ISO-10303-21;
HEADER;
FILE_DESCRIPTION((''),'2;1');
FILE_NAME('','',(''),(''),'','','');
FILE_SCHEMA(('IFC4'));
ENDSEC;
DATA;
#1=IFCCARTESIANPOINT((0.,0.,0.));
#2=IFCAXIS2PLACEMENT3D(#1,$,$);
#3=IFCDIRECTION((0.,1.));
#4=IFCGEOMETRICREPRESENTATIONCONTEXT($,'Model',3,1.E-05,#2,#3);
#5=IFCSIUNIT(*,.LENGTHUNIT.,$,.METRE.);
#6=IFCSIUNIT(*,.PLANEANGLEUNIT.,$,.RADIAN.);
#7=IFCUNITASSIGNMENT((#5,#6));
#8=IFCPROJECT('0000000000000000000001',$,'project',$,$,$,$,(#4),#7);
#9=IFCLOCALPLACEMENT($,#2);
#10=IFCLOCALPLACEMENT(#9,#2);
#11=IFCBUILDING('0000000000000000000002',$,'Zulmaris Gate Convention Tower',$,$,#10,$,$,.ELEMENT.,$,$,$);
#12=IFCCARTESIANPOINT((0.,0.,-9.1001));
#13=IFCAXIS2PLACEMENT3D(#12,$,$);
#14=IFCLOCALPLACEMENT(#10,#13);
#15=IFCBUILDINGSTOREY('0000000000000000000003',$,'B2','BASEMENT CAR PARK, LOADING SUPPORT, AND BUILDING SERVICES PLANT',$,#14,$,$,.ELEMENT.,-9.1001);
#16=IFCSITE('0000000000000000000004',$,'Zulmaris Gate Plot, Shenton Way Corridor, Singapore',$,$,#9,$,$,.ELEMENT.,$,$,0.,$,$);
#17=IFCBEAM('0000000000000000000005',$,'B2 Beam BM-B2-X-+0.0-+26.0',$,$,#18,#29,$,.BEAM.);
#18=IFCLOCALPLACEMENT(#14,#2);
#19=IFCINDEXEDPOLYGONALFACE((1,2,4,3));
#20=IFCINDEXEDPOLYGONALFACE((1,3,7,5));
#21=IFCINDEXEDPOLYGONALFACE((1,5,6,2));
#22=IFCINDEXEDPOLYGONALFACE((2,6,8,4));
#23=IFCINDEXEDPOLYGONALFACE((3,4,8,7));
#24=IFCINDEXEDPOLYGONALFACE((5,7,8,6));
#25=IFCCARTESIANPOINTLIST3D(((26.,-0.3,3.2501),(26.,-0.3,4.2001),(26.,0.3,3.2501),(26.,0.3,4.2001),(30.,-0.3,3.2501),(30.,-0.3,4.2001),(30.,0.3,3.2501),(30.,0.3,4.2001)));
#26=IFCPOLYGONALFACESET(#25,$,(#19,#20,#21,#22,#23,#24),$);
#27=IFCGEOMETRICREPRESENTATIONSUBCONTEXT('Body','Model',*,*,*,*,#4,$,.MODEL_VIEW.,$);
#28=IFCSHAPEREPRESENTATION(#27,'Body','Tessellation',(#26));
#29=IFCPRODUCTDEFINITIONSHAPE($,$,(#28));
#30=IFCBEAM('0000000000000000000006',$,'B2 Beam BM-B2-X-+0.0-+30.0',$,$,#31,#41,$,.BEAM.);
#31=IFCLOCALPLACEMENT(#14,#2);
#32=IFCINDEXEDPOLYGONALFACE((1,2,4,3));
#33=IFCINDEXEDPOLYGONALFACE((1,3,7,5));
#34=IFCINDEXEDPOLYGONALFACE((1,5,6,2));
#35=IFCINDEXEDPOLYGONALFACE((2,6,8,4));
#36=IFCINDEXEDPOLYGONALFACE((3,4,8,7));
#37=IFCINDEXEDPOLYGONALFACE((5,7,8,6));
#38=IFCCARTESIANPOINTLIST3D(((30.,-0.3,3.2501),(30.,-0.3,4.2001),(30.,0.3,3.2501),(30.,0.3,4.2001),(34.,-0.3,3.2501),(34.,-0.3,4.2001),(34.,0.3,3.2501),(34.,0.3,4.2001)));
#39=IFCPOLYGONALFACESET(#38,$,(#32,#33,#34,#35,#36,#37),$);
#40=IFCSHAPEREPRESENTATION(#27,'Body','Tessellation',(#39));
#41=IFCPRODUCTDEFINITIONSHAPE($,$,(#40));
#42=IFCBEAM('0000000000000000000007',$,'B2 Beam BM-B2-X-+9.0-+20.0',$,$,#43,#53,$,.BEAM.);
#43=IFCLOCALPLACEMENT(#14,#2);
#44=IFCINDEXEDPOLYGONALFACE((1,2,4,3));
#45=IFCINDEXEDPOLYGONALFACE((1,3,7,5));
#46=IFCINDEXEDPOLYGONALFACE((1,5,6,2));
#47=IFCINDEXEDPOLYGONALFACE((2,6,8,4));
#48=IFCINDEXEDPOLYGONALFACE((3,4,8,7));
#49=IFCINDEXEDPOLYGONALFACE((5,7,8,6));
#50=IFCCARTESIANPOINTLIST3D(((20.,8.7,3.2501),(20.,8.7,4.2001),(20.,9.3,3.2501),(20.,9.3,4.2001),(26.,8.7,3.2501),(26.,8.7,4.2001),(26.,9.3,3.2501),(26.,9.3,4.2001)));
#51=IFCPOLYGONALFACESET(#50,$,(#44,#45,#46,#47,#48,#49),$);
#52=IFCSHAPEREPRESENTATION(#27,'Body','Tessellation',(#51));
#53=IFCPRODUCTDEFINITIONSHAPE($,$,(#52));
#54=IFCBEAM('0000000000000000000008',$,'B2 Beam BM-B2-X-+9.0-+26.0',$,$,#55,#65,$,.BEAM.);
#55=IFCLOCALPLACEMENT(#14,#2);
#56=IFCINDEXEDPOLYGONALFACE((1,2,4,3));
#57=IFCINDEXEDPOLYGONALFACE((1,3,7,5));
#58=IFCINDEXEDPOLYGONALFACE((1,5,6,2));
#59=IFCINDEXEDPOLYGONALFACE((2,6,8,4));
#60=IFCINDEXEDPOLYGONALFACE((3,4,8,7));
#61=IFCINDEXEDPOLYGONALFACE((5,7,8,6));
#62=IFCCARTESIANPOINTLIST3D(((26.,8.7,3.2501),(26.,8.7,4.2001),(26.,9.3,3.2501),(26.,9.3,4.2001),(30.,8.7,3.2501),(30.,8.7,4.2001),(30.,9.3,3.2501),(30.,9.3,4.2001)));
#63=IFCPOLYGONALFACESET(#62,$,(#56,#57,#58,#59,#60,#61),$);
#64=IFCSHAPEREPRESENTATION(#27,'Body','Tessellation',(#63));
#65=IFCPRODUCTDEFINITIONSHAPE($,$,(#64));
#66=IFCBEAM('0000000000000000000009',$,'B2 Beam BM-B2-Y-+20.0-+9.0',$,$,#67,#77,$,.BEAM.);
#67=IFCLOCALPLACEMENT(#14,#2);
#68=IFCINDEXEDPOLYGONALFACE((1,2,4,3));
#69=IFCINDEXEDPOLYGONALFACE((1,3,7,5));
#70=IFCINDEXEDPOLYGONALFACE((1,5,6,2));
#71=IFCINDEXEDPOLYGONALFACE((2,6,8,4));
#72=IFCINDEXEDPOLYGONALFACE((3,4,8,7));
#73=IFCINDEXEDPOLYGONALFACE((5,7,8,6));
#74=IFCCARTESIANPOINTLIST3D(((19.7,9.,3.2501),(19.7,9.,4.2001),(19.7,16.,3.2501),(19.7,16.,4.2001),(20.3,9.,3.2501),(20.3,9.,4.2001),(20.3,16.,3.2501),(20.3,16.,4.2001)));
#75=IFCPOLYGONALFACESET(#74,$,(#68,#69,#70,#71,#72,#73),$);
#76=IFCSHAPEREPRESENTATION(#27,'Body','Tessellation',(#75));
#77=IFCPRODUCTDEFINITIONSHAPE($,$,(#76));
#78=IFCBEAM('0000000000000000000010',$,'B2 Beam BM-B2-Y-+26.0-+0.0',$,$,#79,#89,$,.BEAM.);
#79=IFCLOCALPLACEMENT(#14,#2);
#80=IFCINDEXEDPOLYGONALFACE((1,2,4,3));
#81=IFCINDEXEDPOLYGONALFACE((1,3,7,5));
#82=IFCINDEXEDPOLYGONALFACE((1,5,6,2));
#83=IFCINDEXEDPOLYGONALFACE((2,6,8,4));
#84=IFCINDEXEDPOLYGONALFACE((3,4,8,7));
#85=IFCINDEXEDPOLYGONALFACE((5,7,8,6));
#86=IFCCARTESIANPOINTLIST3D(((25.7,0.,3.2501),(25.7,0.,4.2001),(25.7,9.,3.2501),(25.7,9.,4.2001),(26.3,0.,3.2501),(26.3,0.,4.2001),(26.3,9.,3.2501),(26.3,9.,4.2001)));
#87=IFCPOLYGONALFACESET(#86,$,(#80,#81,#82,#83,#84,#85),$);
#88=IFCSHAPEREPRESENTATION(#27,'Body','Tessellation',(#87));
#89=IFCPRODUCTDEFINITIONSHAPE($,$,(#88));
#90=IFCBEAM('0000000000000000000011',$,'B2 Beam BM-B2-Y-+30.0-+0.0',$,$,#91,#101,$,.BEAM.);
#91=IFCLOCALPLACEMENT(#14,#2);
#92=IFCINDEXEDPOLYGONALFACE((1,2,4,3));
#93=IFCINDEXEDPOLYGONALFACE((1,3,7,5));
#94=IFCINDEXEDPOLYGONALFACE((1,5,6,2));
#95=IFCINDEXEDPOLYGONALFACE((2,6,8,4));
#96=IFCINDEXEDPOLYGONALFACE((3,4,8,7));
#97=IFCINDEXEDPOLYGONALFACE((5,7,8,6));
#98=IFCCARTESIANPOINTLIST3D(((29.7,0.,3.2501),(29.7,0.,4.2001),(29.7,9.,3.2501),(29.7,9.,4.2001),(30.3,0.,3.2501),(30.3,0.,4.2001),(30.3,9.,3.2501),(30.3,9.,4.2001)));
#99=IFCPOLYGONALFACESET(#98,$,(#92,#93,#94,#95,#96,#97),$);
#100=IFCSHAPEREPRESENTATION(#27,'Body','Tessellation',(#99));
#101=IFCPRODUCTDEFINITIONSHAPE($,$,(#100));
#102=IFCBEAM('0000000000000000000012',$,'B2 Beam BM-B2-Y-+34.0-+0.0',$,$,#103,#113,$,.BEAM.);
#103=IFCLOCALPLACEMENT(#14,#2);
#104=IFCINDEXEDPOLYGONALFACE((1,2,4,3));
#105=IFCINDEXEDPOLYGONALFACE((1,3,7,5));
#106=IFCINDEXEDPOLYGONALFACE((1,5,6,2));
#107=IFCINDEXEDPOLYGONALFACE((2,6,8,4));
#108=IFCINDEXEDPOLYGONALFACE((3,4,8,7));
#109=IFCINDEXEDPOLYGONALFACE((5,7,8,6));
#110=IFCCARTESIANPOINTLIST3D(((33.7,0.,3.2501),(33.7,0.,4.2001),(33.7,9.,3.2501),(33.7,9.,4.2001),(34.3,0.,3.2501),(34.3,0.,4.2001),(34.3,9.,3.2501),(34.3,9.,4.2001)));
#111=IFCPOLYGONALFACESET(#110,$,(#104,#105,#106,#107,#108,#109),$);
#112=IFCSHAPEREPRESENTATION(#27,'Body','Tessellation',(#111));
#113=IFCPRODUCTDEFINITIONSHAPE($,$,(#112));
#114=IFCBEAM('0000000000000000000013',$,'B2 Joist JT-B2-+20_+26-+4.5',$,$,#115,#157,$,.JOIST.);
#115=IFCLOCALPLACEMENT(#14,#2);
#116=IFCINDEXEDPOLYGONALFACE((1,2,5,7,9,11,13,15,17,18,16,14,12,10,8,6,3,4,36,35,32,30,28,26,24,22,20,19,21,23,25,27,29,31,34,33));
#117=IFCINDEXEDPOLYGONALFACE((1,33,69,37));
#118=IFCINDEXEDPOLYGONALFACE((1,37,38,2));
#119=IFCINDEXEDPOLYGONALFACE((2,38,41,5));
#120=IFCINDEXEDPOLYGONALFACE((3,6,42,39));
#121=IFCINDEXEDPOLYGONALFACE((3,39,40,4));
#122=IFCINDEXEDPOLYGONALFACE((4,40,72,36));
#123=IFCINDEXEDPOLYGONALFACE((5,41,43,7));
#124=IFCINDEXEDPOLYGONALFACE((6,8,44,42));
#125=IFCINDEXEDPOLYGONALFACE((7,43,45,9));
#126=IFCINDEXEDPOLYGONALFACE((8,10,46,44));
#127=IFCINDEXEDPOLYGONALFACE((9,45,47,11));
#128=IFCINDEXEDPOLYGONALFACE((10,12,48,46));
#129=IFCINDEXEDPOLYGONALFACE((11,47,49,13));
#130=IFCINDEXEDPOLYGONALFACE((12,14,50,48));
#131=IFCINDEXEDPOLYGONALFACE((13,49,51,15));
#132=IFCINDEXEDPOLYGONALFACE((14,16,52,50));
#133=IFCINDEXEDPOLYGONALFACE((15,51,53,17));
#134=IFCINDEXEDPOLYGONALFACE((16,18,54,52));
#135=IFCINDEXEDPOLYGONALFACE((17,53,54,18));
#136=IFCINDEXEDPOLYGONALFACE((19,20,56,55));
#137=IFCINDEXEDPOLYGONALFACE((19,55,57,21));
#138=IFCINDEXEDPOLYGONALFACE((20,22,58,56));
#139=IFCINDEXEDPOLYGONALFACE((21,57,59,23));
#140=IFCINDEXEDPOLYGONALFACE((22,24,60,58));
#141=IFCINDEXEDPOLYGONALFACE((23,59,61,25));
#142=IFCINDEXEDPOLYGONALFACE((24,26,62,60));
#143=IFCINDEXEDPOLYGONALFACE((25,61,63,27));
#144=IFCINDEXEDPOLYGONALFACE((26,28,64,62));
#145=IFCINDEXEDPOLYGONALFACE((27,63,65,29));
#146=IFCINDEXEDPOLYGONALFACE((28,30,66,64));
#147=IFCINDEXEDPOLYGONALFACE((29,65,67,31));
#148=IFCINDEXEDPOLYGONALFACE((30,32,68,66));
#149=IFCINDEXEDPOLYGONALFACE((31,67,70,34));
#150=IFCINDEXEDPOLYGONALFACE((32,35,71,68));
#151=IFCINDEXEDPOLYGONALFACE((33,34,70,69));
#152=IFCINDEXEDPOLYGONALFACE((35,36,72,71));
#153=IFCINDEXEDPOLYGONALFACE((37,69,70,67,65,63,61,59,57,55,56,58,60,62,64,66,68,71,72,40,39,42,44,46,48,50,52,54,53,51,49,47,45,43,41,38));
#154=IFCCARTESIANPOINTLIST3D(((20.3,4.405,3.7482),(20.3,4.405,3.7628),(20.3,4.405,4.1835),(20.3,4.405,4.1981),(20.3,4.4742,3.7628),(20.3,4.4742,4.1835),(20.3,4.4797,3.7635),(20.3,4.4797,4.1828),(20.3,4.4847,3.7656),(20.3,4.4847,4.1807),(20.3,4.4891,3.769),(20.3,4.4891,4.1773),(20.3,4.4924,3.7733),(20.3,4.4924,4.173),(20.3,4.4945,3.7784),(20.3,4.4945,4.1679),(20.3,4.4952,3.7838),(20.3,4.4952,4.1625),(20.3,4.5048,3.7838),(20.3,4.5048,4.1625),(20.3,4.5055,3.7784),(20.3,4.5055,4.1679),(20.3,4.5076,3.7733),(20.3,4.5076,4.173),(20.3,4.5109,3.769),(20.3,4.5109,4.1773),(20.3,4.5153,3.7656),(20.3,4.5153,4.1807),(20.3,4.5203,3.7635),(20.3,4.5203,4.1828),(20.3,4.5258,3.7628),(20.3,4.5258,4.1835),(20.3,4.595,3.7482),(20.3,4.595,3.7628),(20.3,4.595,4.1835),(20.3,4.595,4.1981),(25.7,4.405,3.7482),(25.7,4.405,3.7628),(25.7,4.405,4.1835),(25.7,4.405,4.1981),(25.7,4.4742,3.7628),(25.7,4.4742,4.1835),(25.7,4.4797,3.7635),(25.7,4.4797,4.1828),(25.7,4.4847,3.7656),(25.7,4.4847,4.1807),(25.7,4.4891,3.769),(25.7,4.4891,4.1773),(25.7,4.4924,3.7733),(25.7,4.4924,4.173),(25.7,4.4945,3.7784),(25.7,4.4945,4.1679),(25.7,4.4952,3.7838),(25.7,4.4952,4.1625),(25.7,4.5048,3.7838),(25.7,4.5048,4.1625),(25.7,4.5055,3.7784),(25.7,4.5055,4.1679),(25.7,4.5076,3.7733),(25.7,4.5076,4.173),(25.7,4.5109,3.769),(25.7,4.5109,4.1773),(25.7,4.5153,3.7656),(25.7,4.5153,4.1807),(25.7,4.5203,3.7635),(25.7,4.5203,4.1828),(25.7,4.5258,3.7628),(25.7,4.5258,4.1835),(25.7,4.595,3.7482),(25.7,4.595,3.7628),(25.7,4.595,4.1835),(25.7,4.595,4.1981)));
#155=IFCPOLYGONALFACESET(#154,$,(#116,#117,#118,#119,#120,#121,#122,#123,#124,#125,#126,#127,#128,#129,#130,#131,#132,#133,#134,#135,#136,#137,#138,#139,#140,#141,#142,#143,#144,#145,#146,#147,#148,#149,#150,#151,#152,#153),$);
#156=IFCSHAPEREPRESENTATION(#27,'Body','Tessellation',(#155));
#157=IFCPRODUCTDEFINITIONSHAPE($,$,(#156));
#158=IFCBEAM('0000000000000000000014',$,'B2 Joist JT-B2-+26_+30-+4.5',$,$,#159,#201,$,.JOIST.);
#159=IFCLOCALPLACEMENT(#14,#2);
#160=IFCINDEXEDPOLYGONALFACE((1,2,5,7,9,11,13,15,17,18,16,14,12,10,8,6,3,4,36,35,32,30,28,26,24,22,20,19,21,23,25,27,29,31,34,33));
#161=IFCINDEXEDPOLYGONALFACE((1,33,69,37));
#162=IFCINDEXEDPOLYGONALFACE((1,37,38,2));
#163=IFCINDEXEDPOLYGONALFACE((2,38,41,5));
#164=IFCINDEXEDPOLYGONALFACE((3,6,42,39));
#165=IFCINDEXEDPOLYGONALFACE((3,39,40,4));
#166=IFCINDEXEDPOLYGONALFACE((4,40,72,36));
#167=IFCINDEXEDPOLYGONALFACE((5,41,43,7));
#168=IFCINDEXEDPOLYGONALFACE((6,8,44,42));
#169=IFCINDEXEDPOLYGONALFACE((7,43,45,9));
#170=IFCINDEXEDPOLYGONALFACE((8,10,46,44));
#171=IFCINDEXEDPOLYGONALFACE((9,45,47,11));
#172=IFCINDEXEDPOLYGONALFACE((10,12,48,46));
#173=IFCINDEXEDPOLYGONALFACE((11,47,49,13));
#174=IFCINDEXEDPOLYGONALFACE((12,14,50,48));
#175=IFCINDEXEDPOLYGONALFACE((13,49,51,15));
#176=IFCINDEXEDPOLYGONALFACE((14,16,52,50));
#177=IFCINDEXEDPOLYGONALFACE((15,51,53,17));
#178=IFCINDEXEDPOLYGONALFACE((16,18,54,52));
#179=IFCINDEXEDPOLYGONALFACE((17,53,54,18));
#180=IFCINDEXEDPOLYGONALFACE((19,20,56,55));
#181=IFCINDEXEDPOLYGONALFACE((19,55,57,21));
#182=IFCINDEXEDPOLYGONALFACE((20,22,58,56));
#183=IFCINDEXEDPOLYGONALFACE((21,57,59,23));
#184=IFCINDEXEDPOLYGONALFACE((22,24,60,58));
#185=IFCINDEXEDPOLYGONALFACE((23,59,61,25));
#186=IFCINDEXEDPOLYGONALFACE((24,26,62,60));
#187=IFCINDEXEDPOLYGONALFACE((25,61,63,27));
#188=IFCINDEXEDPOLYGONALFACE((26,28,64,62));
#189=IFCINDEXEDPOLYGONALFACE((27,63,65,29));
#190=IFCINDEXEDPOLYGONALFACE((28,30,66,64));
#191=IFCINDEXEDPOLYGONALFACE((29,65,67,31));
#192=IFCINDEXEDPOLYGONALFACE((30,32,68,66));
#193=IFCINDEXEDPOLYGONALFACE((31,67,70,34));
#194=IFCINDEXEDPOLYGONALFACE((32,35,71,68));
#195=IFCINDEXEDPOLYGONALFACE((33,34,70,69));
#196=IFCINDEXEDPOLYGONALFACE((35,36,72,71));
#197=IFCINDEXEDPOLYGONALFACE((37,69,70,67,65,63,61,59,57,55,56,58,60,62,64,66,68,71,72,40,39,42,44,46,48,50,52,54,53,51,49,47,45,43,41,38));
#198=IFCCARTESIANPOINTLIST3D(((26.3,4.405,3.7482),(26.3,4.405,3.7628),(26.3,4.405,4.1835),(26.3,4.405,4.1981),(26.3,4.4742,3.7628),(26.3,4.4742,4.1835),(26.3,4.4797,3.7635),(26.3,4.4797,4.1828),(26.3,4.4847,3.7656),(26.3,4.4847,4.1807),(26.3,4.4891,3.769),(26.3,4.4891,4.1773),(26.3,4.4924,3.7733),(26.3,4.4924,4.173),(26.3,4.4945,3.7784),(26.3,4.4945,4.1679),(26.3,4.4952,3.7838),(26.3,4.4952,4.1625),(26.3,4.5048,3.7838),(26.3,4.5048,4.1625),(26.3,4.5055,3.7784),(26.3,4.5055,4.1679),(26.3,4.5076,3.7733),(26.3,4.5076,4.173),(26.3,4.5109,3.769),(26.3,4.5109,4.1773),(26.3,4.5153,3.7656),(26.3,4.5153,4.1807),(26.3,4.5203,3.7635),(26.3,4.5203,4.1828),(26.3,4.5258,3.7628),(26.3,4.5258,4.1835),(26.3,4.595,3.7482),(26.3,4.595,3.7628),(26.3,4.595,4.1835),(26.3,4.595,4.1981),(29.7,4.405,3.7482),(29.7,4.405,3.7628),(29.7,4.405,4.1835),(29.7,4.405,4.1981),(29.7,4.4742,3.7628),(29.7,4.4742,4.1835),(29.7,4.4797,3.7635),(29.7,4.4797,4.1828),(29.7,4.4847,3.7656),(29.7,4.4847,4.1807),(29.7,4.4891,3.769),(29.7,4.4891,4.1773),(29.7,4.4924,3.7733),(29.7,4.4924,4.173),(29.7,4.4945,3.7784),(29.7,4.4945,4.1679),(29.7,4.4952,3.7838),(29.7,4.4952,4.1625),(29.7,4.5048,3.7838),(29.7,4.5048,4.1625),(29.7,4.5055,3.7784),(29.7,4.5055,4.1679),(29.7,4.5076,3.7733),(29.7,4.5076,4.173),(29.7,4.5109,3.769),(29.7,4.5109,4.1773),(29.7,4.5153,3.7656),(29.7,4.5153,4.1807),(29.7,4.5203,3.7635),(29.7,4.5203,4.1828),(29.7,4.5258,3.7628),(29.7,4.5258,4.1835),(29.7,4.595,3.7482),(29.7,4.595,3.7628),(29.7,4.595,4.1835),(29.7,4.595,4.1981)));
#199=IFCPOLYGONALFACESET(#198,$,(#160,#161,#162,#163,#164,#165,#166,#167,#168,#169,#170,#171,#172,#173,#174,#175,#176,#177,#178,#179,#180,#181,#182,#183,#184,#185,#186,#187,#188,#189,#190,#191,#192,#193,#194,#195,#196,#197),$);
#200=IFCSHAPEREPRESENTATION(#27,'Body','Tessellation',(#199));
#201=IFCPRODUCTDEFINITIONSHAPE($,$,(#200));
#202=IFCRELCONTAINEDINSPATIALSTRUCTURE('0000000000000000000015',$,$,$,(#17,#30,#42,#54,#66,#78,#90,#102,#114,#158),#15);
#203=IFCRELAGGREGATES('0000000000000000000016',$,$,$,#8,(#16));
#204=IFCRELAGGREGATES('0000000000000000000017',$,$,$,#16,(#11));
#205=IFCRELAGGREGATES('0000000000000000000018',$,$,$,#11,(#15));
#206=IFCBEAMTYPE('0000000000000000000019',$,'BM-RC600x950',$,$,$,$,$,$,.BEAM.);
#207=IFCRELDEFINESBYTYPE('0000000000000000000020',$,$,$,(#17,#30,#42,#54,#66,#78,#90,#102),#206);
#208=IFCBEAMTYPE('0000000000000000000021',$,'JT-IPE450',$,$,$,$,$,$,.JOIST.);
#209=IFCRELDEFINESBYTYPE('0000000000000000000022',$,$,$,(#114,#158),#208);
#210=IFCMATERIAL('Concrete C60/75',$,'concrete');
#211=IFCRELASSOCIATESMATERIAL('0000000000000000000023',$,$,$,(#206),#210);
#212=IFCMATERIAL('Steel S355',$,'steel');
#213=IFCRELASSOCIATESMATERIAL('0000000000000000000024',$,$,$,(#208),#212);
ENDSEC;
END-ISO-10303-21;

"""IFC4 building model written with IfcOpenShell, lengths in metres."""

from ifc_helpers import new_model, si_unit, direction, frame, origin, origin_2d, place, context, subcontext, project, spatial, rectangle, i_section, extrude, material, material_profile, profile_set, type_object, element, save


model = new_model("IFC4")

# Units and contexts
model_context = context("Model", 3, precision=1e-05, world=origin(), true_north=direction((0.0, 1.0)))
body_context = subcontext(model_context, "Body", "Model", "MODEL_VIEW")
ifc_project = project(units=[si_unit("LENGTHUNIT", "METRE"), si_unit("PLANEANGLEUNIT", "RADIAN")], contexts=[model_context])

# Site, building, storey
site_placement = place(None, origin())
site = spatial("IfcSite", under=ifc_project, at=site_placement, Name="Zulmaris Gate Plot, Shenton Way Corridor, Singapore", CompositionType="ELEMENT", RefElevation=0.0)
building_placement = place(site_placement, origin())
building = spatial("IfcBuilding", under=site, at=building_placement, Name="Zulmaris Gate Convention Tower", CompositionType="ELEMENT")
storey_placement = place(building_placement, frame((0.0, 0.0, -9.1001)))
storey = spatial("IfcBuildingStorey", under=building, at=storey_placement, Name="B2", Description="BASEMENT CAR PARK, LOADING SUPPORT, AND BUILDING SERVICES PLANT", CompositionType="ELEMENT", Elevation=-9.1001)

# Beams
ifc_material_1 = material(Name="Concrete C60/75", Category="concrete")
ifc_material_profile_1 = material_profile(ifc_material_1, rectangle(XDim=0.6001, YDim=0.95, at=origin_2d()), Name="RC BEAM 600x950")
ifc_profile_set_1 = profile_set([ifc_material_profile_1], Name="Concrete C60/75")
beam_type_1 = type_object("IfcBeamType", Name="BM-RC600x950", PredefinedType="BEAM", material=ifc_profile_set_1)
for number, where, z_axis, x_axis, name in (
    (1, (26.0, 0.0, 3.7251), (1.0, 0.0, 0.0), (0.0, 1.0, 0.0), "B2 Beam BM-B2-X-+0.0-+26.0"),
    (2, (30.0, 0.0, 3.7251), (1.0, 0.0, 0.0), (0.0, 1.0, 0.0), "B2 Beam BM-B2-X-+0.0-+30.0"),
):
    element("IfcBeam", number, at=place(storey_placement, frame(where, z_axis=z_axis, x_axis=x_axis)), inside=storey, type_object=beam_type_1, Name=name, PredefinedType="BEAM", context=body_context, shape_type="SweptSolid", body=[
        extrude(rectangle(XDim=0.6001, YDim=0.95, at=origin_2d()), origin(), (0.0, 0.0, 1.0), 4.0),
    ])
beam_1_placement = place(storey_placement, frame((20.0, 9.0, 3.7251), z_axis=(1.0, 0.0, 0.0), x_axis=(0.0, 1.0, 0.0)))
element("IfcBeam", 3, at=beam_1_placement, inside=storey, type_object=beam_type_1, Name="B2 Beam BM-B2-X-+9.0-+20.0", PredefinedType="BEAM", context=body_context, shape_type="SweptSolid", body=[
    extrude(rectangle(XDim=0.6001, YDim=0.95, at=origin_2d()), origin(), (0.0, 0.0, 1.0), 6.0),
])
beam_2_placement = place(storey_placement, frame((26.0, 9.0, 3.7251), z_axis=(1.0, 0.0, 0.0), x_axis=(0.0, 1.0, 0.0)))
element("IfcBeam", 4, at=beam_2_placement, inside=storey, type_object=beam_type_1, Name="B2 Beam BM-B2-X-+9.0-+26.0", PredefinedType="BEAM", context=body_context, shape_type="SweptSolid", body=[
    extrude(rectangle(XDim=0.6001, YDim=0.95, at=origin_2d()), origin(), (0.0, 0.0, 1.0), 4.0),
])
beam_3_placement = place(storey_placement, frame((20.0, 9.0, 3.7251), z_axis=(0.0, 1.0, 0.0), x_axis=(-1.0, 0.0, 0.0)))
element("IfcBeam", 5, at=beam_3_placement, inside=storey, type_object=beam_type_1, Name="B2 Beam BM-B2-Y-+20.0-+9.0", PredefinedType="BEAM", context=body_context, shape_type="SweptSolid", body=[
    extrude(rectangle(XDim=0.6001, YDim=0.95, at=origin_2d()), origin(), (0.0, 0.0, 1.0), 7.0),
])
for number, where, z_axis, x_axis, name in (
    (6, (26.0, 0.0, 3.7251), (0.0, 1.0, 0.0), (-1.0, 0.0, 0.0), "B2 Beam BM-B2-Y-+26.0-+0.0"),
    (7, (30.0, 0.0, 3.7251), (0.0, 1.0, 0.0), (-1.0, 0.0, 0.0), "B2 Beam BM-B2-Y-+30.0-+0.0"),
    (8, (34.0, 0.0, 3.7251), (0.0, 1.0, 0.0), (-1.0, 0.0, 0.0), "B2 Beam BM-B2-Y-+34.0-+0.0"),
):
    element("IfcBeam", number, at=place(storey_placement, frame(where, z_axis=z_axis, x_axis=x_axis)), inside=storey, type_object=beam_type_1, Name=name, PredefinedType="BEAM", context=body_context, shape_type="SweptSolid", body=[
        extrude(rectangle(XDim=0.6001, YDim=0.95, at=origin_2d()), origin(), (0.0, 0.0, 1.0), 9.0),
    ])
ifc_material_2 = material(Name="Steel S355", Category="steel")
ifc_material_profile_2 = material_profile(ifc_material_2, i_section(OverallWidth=0.1899, OverallDepth=0.45, WebThickness=0.0095, FlangeThickness=0.0146, FilletRadius=0.021, at=origin_2d()), Name="IPE 450")
ifc_profile_set_2 = profile_set([ifc_material_profile_2], Name="Steel S355")
beam_type_2 = type_object("IfcBeamType", Name="JT-IPE450", PredefinedType="JOIST", material=ifc_profile_set_2)
beam_4_placement = place(storey_placement, frame((20.3, 4.5, 3.9731), z_axis=(1.0, 0.0, 0.0), x_axis=(0.0, 1.0, 0.0)))
element("IfcBeam", 9, at=beam_4_placement, inside=storey, type_object=beam_type_2, Name="B2 Joist JT-B2-+20_+26-+4.5", PredefinedType="JOIST", context=body_context, shape_type="SweptSolid", body=[
    extrude(i_section(OverallWidth=0.1899, OverallDepth=0.45, WebThickness=0.0095, FlangeThickness=0.0146, FilletRadius=0.021, at=origin_2d()), origin(), (0.0, 0.0, 1.0), 5.3999),
])
beam_5_placement = place(storey_placement, frame((26.3, 4.5, 3.9731), z_axis=(1.0, 0.0, 0.0), x_axis=(0.0, 1.0, 0.0)))
element("IfcBeam", 10, at=beam_5_placement, inside=storey, type_object=beam_type_2, Name="B2 Joist JT-B2-+26_+30-+4.5", PredefinedType="JOIST", context=body_context, shape_type="SweptSolid", body=[
    extrude(i_section(OverallWidth=0.1899, OverallDepth=0.45, WebThickness=0.0095, FlangeThickness=0.0146, FilletRadius=0.021, at=origin_2d()), origin(), (0.0, 0.0, 1.0), 3.3999),
])

save(model, "model.ifc")
